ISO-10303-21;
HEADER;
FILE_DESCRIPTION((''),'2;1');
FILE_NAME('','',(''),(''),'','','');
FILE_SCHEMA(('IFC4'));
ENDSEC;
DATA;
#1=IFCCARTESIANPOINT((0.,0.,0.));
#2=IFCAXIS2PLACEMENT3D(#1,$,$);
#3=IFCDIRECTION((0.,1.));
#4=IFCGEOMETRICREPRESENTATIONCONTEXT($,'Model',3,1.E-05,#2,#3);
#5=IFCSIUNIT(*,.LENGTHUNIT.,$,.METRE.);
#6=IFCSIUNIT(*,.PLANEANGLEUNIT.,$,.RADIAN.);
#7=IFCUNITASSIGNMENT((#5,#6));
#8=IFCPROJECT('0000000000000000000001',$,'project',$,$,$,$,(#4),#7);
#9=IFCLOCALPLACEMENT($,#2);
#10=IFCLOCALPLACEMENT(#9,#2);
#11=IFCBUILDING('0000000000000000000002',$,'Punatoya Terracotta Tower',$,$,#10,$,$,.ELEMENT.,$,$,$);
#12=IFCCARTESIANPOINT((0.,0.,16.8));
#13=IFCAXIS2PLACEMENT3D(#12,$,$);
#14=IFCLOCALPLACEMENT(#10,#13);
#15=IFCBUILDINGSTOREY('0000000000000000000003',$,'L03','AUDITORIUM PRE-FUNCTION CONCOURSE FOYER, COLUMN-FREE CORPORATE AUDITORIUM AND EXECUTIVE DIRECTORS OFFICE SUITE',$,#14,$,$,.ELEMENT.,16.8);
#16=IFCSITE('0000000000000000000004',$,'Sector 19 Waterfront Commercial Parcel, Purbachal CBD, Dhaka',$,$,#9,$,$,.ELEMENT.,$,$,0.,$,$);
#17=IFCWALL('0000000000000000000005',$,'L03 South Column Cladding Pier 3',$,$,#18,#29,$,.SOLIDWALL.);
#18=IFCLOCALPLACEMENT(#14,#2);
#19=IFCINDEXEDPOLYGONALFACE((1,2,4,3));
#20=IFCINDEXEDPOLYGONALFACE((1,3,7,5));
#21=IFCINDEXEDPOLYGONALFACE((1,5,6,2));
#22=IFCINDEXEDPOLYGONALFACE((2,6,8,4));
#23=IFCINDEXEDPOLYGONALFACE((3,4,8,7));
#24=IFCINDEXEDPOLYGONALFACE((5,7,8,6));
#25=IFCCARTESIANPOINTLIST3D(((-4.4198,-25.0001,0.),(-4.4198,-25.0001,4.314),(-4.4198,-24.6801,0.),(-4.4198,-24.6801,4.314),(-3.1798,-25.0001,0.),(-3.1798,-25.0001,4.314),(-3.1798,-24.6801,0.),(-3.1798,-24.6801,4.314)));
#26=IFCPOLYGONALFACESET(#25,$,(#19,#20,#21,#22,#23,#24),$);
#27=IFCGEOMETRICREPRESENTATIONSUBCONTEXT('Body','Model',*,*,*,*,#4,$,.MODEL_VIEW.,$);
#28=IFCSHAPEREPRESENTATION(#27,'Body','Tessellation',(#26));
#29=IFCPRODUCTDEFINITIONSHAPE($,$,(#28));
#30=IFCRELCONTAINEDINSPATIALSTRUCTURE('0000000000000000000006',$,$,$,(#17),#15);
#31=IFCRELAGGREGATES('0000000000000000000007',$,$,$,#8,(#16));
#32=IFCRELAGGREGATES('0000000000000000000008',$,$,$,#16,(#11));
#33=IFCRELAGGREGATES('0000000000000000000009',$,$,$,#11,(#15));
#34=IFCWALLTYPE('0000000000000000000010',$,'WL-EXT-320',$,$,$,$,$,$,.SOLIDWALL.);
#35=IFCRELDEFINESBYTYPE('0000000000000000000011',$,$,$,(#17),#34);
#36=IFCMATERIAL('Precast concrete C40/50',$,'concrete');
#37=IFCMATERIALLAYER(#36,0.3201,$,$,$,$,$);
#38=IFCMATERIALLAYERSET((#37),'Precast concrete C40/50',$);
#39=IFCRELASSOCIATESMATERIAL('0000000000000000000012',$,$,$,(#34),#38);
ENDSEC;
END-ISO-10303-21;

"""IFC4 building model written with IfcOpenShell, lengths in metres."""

from ifc_helpers import new_model, si_unit, direction, frame, frame_2d, origin, place, context, subcontext, project, spatial, rectangle, extrude, material, layer, layer_set, type_object, element, save


model = new_model("IFC4")

# Units and contexts
model_context = context("Model", 3, precision=1e-05, world=origin(), true_north=direction((0.0, 1.0)))
body_context = subcontext(model_context, "Body", "Model", "MODEL_VIEW")
ifc_project = project(units=[si_unit("LENGTHUNIT", "METRE"), si_unit("PLANEANGLEUNIT", "RADIAN")], contexts=[model_context])

# Site, building, storey
site_placement = place(None, origin())
site = spatial("IfcSite", under=ifc_project, at=site_placement, Name="Sector 19 Waterfront Commercial Parcel, Purbachal CBD, Dhaka", CompositionType="ELEMENT", RefElevation=0.0)
building_placement = place(site_placement, origin())
building = spatial("IfcBuilding", under=site, at=building_placement, Name="Punatoya Terracotta Tower", CompositionType="ELEMENT")
storey_placement = place(building_placement, frame((0.0, 0.0, 16.8)))
storey = spatial("IfcBuildingStorey", under=building, at=storey_placement, Name="L03", Description="AUDITORIUM PRE-FUNCTION CONCOURSE FOYER, COLUMN-FREE CORPORATE AUDITORIUM AND EXECUTIVE DIRECTORS OFFICE SUITE", CompositionType="ELEMENT", Elevation=16.8)

# Wall
ifc_material_1 = material(Name="Precast concrete C40/50", Category="concrete")
ifc_layer_1 = layer(ifc_material_1, 0.3201)
ifc_layer_set_1 = layer_set([ifc_layer_1], Name="Precast concrete C40/50")
wall_type_1 = type_object("IfcWallType", Name="WL-EXT-320", PredefinedType="SOLIDWALL", material=ifc_layer_set_1)
wall_1_placement = place(storey_placement, frame((-4.4199, -24.8401, 0.0), z_axis=(0.0, 0.0, 1.0), x_axis=(1.0, 0.0, 0.0)))
element("IfcWall", 1, at=wall_1_placement, inside=storey, type_object=wall_type_1, Name="L03 South Column Cladding Pier 3", PredefinedType="SOLIDWALL", context=body_context, shape_type="SweptSolid", body=[
    extrude(rectangle(XDim=1.24, YDim=0.3201, at=frame_2d((0.6201, 0.0))), origin(), (0.0, 0.0, 1.0), 4.314),
])

save(model, "model.ifc")
